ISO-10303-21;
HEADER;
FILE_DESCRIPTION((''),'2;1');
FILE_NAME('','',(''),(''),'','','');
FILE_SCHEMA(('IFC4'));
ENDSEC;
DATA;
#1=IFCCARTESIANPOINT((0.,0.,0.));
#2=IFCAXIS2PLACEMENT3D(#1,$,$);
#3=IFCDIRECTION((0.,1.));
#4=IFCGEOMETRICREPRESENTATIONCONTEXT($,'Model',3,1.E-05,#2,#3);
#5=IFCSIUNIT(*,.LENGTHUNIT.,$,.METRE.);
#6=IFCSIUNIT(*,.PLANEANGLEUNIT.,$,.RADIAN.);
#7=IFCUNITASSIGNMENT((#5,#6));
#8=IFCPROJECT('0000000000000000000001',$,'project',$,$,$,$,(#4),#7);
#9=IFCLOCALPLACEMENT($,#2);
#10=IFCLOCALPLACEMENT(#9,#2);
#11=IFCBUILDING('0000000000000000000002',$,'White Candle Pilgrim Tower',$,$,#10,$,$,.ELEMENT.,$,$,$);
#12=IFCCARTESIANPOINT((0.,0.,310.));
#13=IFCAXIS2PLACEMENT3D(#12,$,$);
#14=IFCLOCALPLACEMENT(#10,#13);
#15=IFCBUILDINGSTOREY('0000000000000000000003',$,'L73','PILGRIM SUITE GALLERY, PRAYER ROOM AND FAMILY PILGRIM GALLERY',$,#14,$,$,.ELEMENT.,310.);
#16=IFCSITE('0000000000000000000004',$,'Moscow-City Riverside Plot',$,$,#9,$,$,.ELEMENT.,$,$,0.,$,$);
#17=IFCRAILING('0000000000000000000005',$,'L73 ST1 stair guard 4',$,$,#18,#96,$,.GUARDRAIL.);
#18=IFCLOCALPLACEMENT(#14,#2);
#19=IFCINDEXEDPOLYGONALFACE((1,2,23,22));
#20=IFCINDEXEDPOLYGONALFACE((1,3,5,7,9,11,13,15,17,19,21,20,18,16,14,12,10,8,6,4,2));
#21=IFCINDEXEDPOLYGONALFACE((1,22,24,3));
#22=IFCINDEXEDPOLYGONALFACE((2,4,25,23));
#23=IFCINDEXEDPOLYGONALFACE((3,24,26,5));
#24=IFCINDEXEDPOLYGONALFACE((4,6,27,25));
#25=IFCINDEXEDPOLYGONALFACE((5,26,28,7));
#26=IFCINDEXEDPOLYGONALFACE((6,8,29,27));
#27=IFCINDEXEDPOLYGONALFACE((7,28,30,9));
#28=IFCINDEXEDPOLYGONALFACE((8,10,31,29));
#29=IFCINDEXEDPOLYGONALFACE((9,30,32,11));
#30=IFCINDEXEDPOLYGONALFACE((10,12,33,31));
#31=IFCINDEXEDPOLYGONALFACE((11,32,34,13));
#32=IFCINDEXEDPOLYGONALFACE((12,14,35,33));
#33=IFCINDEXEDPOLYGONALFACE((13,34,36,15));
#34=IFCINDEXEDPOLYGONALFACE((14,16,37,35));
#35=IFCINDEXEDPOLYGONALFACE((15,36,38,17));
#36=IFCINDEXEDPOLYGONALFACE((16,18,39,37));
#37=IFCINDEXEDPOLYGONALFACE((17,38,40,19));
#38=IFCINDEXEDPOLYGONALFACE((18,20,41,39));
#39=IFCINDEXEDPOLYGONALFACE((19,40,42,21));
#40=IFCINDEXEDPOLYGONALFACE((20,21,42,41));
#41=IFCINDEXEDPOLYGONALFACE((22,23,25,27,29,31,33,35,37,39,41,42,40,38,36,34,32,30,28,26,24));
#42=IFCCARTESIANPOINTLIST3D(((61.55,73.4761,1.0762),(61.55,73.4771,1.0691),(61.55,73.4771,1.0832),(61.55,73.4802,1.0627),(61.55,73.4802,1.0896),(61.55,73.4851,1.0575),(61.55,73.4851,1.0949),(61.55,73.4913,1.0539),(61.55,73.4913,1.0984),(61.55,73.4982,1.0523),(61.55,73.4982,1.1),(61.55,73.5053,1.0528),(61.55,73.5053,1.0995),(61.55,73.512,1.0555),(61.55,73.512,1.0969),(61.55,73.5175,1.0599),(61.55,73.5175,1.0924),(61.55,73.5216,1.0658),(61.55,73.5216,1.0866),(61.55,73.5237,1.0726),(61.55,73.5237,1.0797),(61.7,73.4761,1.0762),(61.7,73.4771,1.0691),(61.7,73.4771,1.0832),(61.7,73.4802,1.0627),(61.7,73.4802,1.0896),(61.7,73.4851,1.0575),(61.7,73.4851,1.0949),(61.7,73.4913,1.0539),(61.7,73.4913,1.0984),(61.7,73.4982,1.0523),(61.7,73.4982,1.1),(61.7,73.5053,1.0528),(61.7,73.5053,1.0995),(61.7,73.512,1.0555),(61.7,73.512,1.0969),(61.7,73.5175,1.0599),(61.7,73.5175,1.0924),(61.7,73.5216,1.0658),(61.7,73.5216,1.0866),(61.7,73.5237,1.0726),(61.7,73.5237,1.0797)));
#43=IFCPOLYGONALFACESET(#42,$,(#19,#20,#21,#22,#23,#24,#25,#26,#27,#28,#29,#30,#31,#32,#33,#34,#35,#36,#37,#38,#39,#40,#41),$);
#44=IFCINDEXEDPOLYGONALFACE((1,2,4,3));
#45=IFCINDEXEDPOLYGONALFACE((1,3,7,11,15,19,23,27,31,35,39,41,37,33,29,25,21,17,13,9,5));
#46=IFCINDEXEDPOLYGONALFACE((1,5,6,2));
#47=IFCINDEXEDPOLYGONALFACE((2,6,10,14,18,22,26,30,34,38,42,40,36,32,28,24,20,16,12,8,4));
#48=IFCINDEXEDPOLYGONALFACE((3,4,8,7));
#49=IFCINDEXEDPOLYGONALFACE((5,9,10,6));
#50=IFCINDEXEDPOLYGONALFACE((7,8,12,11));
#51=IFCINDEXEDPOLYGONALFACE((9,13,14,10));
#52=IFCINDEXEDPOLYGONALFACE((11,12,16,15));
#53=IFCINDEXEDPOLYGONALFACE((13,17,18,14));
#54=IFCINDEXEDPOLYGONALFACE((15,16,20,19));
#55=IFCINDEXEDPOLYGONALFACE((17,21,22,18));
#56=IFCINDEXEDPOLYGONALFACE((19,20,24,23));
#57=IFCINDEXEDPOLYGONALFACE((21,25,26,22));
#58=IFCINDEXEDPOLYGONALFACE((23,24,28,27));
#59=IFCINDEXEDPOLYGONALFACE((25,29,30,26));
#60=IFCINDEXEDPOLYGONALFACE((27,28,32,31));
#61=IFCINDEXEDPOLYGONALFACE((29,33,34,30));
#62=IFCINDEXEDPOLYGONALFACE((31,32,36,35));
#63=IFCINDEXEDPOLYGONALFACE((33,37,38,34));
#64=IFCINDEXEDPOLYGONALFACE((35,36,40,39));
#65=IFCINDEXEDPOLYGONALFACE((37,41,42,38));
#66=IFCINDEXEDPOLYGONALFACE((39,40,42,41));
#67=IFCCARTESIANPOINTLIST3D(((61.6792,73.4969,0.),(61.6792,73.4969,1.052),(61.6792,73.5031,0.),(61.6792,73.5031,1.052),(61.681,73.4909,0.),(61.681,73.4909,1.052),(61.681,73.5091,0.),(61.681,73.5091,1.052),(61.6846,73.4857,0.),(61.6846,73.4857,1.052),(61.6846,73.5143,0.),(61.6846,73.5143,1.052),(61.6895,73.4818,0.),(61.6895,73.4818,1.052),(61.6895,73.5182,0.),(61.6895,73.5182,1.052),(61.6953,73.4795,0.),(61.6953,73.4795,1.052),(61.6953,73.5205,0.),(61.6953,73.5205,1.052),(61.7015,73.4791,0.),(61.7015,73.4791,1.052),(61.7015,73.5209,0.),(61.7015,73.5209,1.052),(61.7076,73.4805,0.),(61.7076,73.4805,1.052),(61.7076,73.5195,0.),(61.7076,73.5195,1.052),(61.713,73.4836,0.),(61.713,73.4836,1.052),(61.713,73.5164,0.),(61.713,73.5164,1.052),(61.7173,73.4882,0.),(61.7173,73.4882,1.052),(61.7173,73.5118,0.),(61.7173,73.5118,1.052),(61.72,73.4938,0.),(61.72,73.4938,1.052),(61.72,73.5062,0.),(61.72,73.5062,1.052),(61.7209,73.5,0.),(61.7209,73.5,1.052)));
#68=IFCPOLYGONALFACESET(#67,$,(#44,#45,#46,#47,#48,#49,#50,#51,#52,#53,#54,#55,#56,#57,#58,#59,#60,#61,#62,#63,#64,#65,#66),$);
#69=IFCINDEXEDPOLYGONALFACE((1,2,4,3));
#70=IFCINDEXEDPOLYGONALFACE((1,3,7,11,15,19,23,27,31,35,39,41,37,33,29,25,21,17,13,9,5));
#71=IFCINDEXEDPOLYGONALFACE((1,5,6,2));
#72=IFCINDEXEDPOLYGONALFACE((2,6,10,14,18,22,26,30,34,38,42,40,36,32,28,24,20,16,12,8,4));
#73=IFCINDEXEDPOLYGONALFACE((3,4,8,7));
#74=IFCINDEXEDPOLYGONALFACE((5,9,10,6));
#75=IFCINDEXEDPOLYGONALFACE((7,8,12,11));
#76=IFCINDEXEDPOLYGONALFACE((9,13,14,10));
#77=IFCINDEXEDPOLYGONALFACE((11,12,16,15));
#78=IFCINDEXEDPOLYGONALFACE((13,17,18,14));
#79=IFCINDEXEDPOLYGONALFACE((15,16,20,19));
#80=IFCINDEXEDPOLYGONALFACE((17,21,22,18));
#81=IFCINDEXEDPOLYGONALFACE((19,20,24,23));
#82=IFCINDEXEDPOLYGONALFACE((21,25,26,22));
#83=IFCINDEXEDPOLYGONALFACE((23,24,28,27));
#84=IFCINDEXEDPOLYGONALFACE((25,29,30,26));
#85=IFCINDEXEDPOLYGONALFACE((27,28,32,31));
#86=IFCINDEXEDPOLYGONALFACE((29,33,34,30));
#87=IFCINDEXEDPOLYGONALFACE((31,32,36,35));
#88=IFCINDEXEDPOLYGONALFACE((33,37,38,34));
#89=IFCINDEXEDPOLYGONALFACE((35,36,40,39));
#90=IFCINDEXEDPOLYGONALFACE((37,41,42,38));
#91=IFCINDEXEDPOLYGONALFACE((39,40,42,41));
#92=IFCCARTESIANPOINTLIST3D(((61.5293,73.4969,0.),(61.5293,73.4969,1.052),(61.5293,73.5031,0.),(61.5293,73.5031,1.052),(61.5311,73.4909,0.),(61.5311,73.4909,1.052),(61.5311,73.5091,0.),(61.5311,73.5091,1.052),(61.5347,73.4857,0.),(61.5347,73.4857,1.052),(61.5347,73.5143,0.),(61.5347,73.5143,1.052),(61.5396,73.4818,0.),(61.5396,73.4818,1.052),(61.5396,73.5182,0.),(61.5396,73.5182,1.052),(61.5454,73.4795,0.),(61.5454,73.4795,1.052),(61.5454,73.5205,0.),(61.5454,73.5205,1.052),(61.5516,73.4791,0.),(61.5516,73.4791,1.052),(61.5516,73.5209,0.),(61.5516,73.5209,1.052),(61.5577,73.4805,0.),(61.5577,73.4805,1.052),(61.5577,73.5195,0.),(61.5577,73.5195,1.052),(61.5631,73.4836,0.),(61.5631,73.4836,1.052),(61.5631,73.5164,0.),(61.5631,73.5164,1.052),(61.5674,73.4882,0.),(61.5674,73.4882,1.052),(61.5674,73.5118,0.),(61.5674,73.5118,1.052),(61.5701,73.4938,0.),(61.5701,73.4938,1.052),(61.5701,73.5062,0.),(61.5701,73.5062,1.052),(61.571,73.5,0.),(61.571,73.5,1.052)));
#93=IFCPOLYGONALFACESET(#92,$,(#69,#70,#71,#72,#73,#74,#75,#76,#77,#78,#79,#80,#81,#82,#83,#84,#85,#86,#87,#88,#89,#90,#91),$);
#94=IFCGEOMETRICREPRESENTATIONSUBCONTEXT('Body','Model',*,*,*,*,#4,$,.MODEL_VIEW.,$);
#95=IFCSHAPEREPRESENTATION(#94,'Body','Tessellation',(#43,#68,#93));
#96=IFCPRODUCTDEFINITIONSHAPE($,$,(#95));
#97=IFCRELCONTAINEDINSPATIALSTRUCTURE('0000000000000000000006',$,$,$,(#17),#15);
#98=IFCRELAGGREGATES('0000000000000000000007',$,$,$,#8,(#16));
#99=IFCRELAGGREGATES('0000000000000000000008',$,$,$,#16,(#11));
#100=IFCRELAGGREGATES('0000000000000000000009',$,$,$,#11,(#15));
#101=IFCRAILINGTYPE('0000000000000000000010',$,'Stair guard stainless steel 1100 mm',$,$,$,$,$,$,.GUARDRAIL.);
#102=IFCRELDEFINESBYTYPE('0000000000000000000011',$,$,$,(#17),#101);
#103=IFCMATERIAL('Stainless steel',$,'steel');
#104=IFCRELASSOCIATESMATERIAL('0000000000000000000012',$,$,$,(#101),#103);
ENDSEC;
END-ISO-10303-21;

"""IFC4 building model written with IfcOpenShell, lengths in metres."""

from ifc_helpers import new_model, si_unit, direction, frame, origin, origin_2d, place, context, subcontext, project, spatial, circle, extrude, material, type_object, element, save


model = new_model("IFC4")

# Units and contexts
model_context = context("Model", 3, precision=1e-05, world=origin(), true_north=direction((0.0, 1.0)))
body_context = subcontext(model_context, "Body", "Model", "MODEL_VIEW")
ifc_project = project(units=[si_unit("LENGTHUNIT", "METRE"), si_unit("PLANEANGLEUNIT", "RADIAN")], contexts=[model_context])

# Site, building, storey
site_placement = place(None, origin())
site = spatial("IfcSite", under=ifc_project, at=site_placement, Name="Moscow-City Riverside Plot", CompositionType="ELEMENT", RefElevation=0.0)
building_placement = place(site_placement, origin())
building = spatial("IfcBuilding", under=site, at=building_placement, Name="White Candle Pilgrim Tower", CompositionType="ELEMENT")
storey_placement = place(building_placement, frame((0.0, 0.0, 310.0)))
storey = spatial("IfcBuildingStorey", under=building, at=storey_placement, Name="L73", Description="PILGRIM SUITE GALLERY, PRAYER ROOM AND FAMILY PILGRIM GALLERY", CompositionType="ELEMENT", Elevation=310.0)

# Railing
ifc_material_1 = material(Name="Stainless steel", Category="steel")
railing_type_1 = type_object("IfcRailingType", Name="Stair guard stainless steel 1100 mm", PredefinedType="GUARDRAIL", material=ifc_material_1)
railing_1_placement = place(storey_placement, frame((61.7, 73.5, 0.0)))
element("IfcRailing", 1, at=railing_1_placement, inside=storey, type_object=railing_type_1, Name="L73 ST1 stair guard 4", PredefinedType="GUARDRAIL", context=body_context, shape_type="SweptSolid", body=[
    extrude(circle(Radius=0.0239, at=origin_2d()), frame((0.0, 0.0, 1.0762), z_axis=(-1.0, 0.0, 0.0), x_axis=(0.0, -1.0, 0.0)), (0.0, 0.0, 1.0), 0.1499),
    extrude(circle(Radius=0.021, at=origin_2d()), origin(), (0.0, 0.0, 1.0), 1.052),
    extrude(circle(Radius=0.021, at=origin_2d()), frame((-0.1499, 0.0, 0.0)), (0.0, 0.0, 1.0), 1.052),
])

save(model, "model.ifc")
